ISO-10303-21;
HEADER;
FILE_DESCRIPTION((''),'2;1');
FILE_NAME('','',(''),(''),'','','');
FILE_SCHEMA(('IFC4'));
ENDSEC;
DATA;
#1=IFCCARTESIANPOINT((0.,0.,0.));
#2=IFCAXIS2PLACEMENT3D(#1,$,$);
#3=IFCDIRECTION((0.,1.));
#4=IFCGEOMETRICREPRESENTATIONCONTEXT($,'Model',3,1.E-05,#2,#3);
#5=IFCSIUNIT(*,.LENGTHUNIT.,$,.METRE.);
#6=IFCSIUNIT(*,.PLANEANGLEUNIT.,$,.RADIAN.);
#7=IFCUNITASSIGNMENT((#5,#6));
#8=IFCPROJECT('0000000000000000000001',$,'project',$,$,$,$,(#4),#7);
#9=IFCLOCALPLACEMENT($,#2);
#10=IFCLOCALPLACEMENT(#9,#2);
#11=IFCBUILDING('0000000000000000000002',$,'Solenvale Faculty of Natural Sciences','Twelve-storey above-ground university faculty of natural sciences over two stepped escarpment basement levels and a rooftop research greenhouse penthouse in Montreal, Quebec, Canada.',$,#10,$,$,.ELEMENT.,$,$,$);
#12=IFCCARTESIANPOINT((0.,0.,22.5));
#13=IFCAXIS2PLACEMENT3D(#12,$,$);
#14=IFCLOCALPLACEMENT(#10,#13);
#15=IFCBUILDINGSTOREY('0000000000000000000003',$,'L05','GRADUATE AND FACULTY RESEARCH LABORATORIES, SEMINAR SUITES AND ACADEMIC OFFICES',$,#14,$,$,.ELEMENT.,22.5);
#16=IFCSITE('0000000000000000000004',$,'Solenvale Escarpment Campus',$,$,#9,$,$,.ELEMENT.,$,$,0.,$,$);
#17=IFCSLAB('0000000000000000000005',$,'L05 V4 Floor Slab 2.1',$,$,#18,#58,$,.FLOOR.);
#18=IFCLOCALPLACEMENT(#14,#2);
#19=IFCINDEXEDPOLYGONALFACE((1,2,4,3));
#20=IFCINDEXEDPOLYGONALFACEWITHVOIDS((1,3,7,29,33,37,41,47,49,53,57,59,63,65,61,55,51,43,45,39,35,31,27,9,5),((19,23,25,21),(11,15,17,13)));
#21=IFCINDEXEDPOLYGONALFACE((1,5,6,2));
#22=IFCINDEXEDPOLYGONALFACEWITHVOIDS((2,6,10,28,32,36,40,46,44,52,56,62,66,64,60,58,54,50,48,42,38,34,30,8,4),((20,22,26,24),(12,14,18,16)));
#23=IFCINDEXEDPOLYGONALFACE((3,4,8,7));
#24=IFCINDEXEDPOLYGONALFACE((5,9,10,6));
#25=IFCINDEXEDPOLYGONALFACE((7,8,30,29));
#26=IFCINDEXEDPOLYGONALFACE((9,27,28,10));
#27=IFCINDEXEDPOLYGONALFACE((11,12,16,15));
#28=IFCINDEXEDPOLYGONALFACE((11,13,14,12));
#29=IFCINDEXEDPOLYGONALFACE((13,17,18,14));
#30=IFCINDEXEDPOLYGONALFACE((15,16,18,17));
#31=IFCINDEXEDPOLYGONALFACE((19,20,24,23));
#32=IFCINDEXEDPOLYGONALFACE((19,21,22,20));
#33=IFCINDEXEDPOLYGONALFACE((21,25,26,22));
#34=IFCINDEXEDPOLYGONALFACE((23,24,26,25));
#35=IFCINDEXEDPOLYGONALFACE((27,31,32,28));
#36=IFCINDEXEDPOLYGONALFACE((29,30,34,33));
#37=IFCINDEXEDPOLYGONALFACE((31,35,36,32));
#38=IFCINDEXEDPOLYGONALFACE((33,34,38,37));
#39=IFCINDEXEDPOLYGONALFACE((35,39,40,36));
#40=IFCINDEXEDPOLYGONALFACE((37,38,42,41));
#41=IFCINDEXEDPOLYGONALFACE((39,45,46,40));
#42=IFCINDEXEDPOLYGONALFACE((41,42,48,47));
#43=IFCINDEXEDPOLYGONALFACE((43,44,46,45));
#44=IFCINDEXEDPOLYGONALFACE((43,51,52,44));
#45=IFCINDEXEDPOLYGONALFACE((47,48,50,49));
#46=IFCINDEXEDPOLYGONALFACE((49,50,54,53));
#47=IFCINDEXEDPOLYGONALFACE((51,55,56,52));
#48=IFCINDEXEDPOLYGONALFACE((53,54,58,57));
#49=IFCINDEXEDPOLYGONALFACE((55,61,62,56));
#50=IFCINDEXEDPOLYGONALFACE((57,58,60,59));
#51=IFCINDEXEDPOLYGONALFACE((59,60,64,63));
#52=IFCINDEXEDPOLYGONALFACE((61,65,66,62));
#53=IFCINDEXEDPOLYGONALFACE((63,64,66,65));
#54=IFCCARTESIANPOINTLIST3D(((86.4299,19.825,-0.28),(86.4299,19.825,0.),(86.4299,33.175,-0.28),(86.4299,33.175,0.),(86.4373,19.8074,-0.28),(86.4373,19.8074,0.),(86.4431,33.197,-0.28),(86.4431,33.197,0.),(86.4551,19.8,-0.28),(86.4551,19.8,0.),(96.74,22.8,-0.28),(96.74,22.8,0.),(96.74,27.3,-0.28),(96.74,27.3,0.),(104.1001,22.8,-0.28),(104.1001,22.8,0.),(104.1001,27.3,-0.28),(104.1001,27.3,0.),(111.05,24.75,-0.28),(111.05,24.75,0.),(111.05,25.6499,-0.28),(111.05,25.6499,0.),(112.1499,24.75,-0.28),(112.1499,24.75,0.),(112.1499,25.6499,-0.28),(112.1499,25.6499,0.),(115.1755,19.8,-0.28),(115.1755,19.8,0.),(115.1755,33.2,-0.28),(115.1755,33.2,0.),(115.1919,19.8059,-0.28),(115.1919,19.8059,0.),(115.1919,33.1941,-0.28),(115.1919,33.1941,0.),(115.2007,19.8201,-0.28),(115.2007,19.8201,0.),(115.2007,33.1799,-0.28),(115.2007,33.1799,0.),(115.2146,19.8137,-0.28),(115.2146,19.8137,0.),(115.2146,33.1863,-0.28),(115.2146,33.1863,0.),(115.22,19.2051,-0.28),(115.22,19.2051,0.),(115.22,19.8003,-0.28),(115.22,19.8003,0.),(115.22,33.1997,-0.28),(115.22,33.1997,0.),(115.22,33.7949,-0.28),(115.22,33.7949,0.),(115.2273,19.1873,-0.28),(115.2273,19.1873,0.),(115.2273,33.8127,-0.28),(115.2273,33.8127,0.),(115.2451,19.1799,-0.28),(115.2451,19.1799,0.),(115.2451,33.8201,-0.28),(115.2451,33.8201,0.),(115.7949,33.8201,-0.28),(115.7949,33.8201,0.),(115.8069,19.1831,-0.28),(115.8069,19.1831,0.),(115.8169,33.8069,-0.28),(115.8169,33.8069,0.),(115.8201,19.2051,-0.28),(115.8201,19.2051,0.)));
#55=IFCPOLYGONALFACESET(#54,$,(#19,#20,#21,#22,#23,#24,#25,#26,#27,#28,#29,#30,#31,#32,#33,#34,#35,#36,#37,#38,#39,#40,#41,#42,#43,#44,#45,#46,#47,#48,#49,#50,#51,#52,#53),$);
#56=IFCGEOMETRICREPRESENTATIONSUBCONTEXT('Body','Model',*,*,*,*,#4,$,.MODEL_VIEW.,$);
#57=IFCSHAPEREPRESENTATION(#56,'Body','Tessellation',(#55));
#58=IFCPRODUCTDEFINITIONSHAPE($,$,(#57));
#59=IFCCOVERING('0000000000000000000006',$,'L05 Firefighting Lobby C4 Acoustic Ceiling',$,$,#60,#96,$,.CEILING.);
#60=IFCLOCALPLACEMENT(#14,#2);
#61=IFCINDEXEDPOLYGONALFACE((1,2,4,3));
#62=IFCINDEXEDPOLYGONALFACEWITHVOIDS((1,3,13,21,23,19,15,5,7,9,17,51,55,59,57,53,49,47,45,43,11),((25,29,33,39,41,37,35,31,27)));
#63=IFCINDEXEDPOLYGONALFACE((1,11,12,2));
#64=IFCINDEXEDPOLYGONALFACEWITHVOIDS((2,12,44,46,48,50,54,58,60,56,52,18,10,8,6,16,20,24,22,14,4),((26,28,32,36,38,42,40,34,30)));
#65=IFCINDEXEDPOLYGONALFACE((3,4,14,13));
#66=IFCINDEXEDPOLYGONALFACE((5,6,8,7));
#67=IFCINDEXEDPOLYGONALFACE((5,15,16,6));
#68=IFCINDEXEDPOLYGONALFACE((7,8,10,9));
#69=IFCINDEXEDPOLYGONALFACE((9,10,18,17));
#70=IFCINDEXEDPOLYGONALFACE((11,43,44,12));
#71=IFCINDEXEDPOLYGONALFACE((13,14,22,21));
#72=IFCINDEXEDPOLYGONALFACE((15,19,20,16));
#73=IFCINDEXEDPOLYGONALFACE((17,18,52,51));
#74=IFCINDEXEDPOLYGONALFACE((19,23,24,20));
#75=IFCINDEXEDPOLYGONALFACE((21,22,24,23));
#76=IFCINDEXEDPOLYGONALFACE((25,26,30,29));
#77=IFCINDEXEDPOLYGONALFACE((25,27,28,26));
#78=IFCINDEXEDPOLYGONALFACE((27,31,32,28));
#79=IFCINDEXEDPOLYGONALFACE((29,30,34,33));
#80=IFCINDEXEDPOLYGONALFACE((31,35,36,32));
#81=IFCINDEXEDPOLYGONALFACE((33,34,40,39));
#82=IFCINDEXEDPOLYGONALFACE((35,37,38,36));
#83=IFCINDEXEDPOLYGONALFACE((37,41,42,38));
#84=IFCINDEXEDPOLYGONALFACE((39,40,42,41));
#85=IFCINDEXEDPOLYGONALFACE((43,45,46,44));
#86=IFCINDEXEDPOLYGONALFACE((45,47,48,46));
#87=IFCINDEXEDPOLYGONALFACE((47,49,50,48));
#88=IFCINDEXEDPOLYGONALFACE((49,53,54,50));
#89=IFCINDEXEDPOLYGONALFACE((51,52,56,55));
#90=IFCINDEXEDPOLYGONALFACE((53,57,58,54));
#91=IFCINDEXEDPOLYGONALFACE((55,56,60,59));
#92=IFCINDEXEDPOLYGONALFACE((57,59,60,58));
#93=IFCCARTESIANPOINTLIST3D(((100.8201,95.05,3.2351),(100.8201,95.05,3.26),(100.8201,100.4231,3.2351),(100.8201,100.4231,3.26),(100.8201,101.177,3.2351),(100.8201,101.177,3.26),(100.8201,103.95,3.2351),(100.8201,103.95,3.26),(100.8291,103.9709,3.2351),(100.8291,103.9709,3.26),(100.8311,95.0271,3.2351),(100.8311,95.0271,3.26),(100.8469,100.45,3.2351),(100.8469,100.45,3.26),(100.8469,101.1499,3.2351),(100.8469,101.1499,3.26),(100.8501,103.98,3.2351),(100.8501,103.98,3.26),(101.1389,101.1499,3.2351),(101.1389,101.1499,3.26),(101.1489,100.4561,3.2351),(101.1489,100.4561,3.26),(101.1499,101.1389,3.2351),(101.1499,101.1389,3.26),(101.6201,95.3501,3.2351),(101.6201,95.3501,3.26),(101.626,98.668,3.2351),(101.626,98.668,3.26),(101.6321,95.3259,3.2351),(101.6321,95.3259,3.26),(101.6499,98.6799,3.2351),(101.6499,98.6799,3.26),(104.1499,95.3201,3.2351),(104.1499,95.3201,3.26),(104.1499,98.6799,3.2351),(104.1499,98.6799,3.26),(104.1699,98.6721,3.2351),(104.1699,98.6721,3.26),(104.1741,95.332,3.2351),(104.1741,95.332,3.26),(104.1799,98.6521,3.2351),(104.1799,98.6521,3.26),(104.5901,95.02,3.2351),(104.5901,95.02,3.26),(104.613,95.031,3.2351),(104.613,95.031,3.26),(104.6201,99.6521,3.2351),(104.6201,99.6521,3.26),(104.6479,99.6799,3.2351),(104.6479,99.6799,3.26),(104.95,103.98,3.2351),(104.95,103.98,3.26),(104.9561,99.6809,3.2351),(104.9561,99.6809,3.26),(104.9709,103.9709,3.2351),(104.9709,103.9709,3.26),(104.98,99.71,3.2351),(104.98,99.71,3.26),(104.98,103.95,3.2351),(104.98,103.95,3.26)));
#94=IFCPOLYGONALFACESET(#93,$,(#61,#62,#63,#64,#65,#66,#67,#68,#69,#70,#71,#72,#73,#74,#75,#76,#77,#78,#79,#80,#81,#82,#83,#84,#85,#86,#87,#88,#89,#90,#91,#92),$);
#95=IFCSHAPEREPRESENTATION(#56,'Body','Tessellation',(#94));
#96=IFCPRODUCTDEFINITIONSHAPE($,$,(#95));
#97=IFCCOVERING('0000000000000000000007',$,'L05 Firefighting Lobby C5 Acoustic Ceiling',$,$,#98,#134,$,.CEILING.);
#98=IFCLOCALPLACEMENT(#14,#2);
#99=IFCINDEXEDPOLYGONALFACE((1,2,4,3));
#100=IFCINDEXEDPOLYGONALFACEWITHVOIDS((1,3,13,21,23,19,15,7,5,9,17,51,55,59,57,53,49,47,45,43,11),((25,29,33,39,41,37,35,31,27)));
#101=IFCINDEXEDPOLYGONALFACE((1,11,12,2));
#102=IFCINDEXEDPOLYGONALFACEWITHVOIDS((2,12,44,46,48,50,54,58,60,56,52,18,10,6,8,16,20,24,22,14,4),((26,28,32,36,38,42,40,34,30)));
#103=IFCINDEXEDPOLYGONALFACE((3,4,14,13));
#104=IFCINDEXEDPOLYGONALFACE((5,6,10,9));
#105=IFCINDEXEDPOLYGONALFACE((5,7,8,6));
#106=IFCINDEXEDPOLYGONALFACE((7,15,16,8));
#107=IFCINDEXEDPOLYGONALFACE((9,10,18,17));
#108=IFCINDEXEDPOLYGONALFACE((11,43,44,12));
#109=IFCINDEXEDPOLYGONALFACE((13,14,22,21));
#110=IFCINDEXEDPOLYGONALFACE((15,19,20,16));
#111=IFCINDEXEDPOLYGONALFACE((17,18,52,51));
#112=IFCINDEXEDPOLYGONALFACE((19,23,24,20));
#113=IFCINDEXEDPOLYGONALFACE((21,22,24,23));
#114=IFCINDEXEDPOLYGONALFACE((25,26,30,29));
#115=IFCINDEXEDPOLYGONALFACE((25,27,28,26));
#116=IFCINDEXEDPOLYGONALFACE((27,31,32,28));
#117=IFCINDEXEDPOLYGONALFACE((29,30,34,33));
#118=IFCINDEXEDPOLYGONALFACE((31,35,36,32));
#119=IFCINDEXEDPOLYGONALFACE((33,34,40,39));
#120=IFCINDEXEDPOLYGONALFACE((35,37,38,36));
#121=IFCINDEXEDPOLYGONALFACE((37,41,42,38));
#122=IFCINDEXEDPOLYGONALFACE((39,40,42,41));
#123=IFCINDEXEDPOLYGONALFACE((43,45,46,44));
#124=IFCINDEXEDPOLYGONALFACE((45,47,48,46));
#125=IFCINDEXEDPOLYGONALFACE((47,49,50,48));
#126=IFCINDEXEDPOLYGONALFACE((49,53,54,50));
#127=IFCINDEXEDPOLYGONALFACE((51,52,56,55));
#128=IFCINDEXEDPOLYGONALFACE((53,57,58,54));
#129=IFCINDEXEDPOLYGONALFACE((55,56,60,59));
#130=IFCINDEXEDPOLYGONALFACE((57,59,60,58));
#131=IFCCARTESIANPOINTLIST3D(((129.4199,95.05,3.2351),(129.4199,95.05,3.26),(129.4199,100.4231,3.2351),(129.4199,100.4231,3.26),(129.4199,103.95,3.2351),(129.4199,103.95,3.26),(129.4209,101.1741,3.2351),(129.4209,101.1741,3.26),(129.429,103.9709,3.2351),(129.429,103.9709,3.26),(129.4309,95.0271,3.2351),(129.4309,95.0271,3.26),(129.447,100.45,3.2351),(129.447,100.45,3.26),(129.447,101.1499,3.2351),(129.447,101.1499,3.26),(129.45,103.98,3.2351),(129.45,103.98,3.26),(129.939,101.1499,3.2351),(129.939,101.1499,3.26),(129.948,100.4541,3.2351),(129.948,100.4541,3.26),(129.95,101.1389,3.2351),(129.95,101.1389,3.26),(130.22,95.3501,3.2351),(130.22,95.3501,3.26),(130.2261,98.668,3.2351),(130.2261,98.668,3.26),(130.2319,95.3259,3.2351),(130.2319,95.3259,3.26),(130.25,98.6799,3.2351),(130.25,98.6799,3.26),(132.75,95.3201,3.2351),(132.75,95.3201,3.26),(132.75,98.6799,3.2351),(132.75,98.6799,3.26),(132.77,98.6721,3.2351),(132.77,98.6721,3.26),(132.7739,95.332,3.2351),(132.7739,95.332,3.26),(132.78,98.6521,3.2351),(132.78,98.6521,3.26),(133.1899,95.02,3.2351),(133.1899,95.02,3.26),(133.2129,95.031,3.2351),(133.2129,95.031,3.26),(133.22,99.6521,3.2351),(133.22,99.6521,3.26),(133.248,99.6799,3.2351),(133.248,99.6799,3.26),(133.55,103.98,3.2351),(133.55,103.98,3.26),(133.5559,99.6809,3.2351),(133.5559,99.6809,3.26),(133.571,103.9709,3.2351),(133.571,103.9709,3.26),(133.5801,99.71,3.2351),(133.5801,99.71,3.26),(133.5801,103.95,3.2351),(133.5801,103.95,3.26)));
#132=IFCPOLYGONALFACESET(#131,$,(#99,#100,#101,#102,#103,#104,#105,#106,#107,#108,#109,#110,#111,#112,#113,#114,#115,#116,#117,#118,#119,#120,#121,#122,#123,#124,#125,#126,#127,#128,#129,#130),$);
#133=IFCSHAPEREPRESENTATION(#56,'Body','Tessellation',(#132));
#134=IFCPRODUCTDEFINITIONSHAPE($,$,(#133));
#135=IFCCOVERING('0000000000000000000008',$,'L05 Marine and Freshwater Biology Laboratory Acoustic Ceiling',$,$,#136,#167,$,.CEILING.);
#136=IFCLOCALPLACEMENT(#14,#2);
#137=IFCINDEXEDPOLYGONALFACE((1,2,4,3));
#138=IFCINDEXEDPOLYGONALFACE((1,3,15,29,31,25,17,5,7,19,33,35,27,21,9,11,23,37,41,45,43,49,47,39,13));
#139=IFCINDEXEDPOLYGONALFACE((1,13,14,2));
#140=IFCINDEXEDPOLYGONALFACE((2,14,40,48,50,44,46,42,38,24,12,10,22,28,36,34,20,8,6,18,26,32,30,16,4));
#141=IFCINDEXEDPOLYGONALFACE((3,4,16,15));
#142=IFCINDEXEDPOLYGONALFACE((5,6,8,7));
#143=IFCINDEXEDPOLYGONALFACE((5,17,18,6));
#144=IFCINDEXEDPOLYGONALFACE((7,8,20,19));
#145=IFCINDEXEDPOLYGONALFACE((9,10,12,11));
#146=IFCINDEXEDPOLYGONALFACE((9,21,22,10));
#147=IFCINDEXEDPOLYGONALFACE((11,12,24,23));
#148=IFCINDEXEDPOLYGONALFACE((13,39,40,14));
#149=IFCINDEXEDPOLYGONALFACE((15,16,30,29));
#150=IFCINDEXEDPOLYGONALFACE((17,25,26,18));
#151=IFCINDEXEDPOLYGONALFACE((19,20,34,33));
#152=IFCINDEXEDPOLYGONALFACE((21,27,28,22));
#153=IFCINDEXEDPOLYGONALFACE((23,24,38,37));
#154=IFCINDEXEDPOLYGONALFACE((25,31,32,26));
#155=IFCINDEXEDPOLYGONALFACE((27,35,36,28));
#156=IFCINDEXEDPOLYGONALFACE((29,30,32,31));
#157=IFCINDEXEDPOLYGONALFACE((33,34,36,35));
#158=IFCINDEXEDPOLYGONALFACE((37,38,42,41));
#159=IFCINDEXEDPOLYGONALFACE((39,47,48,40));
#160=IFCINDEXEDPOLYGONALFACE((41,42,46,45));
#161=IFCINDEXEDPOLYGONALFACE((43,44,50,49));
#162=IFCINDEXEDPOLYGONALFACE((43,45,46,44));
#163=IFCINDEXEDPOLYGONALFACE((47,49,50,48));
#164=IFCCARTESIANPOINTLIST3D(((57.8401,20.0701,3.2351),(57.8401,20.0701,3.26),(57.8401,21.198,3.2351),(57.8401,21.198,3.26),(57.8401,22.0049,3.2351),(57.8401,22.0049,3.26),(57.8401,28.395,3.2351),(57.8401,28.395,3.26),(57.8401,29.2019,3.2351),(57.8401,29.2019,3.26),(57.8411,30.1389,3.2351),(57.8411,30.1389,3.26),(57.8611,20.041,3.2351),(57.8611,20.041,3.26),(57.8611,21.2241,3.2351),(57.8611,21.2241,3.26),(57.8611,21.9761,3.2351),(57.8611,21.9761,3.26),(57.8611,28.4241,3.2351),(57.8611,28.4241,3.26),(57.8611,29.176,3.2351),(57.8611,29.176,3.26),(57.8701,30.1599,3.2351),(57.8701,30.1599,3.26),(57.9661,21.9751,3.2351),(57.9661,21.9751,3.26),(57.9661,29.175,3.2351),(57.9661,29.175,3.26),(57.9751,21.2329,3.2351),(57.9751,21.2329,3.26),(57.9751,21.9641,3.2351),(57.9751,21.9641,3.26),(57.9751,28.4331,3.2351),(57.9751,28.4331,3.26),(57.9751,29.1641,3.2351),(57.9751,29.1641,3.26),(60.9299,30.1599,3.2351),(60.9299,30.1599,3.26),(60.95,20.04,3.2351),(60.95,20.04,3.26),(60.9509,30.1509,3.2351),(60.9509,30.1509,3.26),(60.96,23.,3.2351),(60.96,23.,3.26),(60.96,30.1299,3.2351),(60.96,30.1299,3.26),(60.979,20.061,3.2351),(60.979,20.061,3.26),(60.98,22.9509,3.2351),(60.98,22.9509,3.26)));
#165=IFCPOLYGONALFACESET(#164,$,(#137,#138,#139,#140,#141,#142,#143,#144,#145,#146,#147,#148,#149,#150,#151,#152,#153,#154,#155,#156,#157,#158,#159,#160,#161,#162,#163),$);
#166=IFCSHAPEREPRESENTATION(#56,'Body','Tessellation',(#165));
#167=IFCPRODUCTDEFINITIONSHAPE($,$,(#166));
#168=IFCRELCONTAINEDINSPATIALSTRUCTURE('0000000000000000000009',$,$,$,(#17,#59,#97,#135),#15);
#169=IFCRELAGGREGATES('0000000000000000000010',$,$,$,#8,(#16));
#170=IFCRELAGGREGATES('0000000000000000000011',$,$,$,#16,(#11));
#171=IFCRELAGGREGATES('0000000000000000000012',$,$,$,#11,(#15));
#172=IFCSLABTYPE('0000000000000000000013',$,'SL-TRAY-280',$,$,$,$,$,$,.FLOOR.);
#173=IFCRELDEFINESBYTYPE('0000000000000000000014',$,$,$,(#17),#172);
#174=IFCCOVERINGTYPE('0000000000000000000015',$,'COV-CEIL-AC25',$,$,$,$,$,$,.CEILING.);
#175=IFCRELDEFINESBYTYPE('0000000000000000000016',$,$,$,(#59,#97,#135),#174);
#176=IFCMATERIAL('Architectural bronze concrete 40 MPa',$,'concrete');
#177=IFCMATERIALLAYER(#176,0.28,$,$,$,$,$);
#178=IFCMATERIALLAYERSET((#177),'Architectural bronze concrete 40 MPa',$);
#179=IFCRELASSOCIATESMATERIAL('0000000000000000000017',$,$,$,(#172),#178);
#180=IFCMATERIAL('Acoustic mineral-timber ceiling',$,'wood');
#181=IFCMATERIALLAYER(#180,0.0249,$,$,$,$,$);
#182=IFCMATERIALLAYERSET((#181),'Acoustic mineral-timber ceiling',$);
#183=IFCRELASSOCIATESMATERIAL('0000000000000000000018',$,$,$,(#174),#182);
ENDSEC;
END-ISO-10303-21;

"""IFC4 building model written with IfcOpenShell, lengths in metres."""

from ifc_helpers import new_model, si_unit, direction, frame, origin, place, context, subcontext, project, spatial, polyline, outline, extrude, material, layer, layer_set, type_object, element, save


model = new_model("IFC4")

# Units and contexts
model_context = context("Model", 3, precision=1e-05, world=origin(), true_north=direction((0.0, 1.0)))
body_context = subcontext(model_context, "Body", "Model", "MODEL_VIEW")
ifc_project = project(units=[si_unit("LENGTHUNIT", "METRE"), si_unit("PLANEANGLEUNIT", "RADIAN")], contexts=[model_context])

# Site, building, storey
site_placement = place(None, origin())
site = spatial("IfcSite", under=ifc_project, at=site_placement, Name="Solenvale Escarpment Campus", CompositionType="ELEMENT", RefElevation=0.0)
building_placement = place(site_placement, origin())
building = spatial("IfcBuilding", under=site, at=building_placement, Name="Solenvale Faculty of Natural Sciences", Description="Twelve-storey above-ground university faculty of natural sciences over two stepped escarpment basement levels and a rooftop research greenhouse penthouse in Montreal, Quebec, Canada.", CompositionType="ELEMENT")
storey_placement = place(building_placement, frame((0.0, 0.0, 22.5)))
storey = spatial("IfcBuildingStorey", under=building, at=storey_placement, Name="L05", Description="GRADUATE AND FACULTY RESEARCH LABORATORIES, SEMINAR SUITES AND ACADEMIC OFFICES", CompositionType="ELEMENT", Elevation=22.5)

# Slab
ifc_material_1 = material(Name="Architectural bronze concrete 40 MPa", Category="concrete")
ifc_layer_1 = layer(ifc_material_1, 0.28)
ifc_layer_set_1 = layer_set([ifc_layer_1], Name="Architectural bronze concrete 40 MPa")
slab_type_1 = type_object("IfcSlabType", Name="SL-TRAY-280", PredefinedType="FLOOR", material=ifc_layer_set_1)
slab_1_placement = place(storey_placement, frame((0.0, 0.0, -0.28)))
element("IfcSlab", 1, at=slab_1_placement, inside=storey, type_object=slab_type_1, Name="L05 V4 Floor Slab 2.1", PredefinedType="FLOOR", context=body_context, shape_type="SweptSolid", body=[
    extrude(outline(polyline([(86.4551, 19.8), (86.4373, 19.8074), (86.4299, 19.825), (86.4299, 33.175), (86.4431, 33.197), (115.1755, 33.2), (115.1919, 33.1941), (115.2007, 33.1799), (115.2146, 33.1863), (115.22, 33.1997), (115.22, 33.7949), (115.2273, 33.8127), (115.2451, 33.8201), (115.7949, 33.8201), (115.8169, 33.8069), (115.8201, 19.2051), (115.8069, 19.1831), (115.2451, 19.1799), (115.2273, 19.1873), (115.22, 19.2051), (115.22, 19.8003), (115.2146, 19.8137), (115.2007, 19.8201), (115.1919, 19.8059), (115.1755, 19.8), (86.4551, 19.8)]), holes=[polyline([(111.05, 24.75), (112.1499, 24.75), (112.1499, 25.6499), (111.05, 25.6499), (111.05, 24.75)]), polyline([(96.74, 22.8), (104.1001, 22.8), (104.1001, 27.3), (96.74, 27.3), (96.74, 22.8)])]), origin(), (0.0, 0.0, 1.0), 0.28),
])

# Coverings
ifc_material_2 = material(Name="Acoustic mineral-timber ceiling", Category="wood")
ifc_layer_2 = layer(ifc_material_2, 0.0249)
ifc_layer_set_2 = layer_set([ifc_layer_2], Name="Acoustic mineral-timber ceiling")
covering_type_1 = type_object("IfcCoveringType", Name="COV-CEIL-AC25", PredefinedType="CEILING", material=ifc_layer_set_2)
covering_1_placement = place(storey_placement, frame((0.0, 0.0, 3.2351)))
element("IfcCovering", 2, at=covering_1_placement, inside=storey, type_object=covering_type_1, Name="L05 Firefighting Lobby C4 Acoustic Ceiling", PredefinedType="CEILING", context=body_context, shape_type="SweptSolid", body=[
    extrude(outline(polyline([(104.98, 99.71), (104.9561, 99.6809), (104.6479, 99.6799), (104.6201, 99.6521), (104.613, 95.031), (104.5901, 95.02), (100.8311, 95.0271), (100.8201, 95.05), (100.8201, 100.4231), (100.8469, 100.45), (101.1489, 100.4561), (101.1499, 101.1389), (101.1389, 101.1499), (100.8469, 101.1499), (100.8201, 101.177), (100.8201, 103.95), (100.8291, 103.9709), (100.8501, 103.98), (104.95, 103.98), (104.9709, 103.9709), (104.98, 103.95), (104.98, 99.71)]), holes=[polyline([(104.1799, 98.6521), (104.1699, 98.6721), (104.1499, 98.6799), (101.6499, 98.6799), (101.626, 98.668), (101.6201, 95.3501), (101.6321, 95.3259), (104.1499, 95.3201), (104.1741, 95.332), (104.1799, 98.6521)])]), origin(), (0.0, 0.0, 1.0), 0.0249),
])
covering_2_placement = place(storey_placement, frame((0.0, 0.0, 3.2351)))
element("IfcCovering", 3, at=covering_2_placement, inside=storey, type_object=covering_type_1, Name="L05 Firefighting Lobby C5 Acoustic Ceiling", PredefinedType="CEILING", context=body_context, shape_type="SweptSolid", body=[
    extrude(outline(polyline([(133.5801, 99.71), (133.5559, 99.6809), (133.248, 99.6799), (133.22, 99.6521), (133.2129, 95.031), (133.1899, 95.02), (129.4309, 95.0271), (129.4199, 95.05), (129.4199, 100.4231), (129.447, 100.45), (129.948, 100.4541), (129.95, 101.1389), (129.939, 101.1499), (129.447, 101.1499), (129.4209, 101.1741), (129.4199, 103.95), (129.429, 103.9709), (129.45, 103.98), (133.55, 103.98), (133.571, 103.9709), (133.5801, 103.95), (133.5801, 99.71)]), holes=[polyline([(132.78, 98.6521), (132.77, 98.6721), (132.75, 98.6799), (130.25, 98.6799), (130.2261, 98.668), (130.22, 95.3501), (130.2319, 95.3259), (132.75, 95.3201), (132.7739, 95.332), (132.78, 98.6521)])]), origin(), (0.0, 0.0, 1.0), 0.0249),
])
covering_3_placement = place(storey_placement, frame((0.0, 0.0, 3.2351)))
element("IfcCovering", 4, at=covering_3_placement, inside=storey, type_object=covering_type_1, Name="L05 Marine and Freshwater Biology Laboratory Acoustic Ceiling", PredefinedType="CEILING", context=body_context, shape_type="SweptSolid", body=[
    extrude(outline(polyline([(60.9299, 30.1599), (60.9509, 30.1509), (60.96, 30.1299), (60.96, 23.0), (60.98, 22.9509), (60.979, 20.061), (60.95, 20.04), (57.8611, 20.041), (57.8401, 20.0701), (57.8401, 21.198), (57.8611, 21.2241), (57.9751, 21.2329), (57.9751, 21.9641), (57.9661, 21.9751), (57.8611, 21.9761), (57.8401, 22.0049), (57.8401, 28.395), (57.8611, 28.4241), (57.9751, 28.4331), (57.9751, 29.1641), (57.9661, 29.175), (57.8611, 29.176), (57.8401, 29.2019), (57.8411, 30.1389), (57.8701, 30.1599), (60.9299, 30.1599)])), origin(), (0.0, 0.0, 1.0), 0.0249),
])

save(model, "model.ifc")
